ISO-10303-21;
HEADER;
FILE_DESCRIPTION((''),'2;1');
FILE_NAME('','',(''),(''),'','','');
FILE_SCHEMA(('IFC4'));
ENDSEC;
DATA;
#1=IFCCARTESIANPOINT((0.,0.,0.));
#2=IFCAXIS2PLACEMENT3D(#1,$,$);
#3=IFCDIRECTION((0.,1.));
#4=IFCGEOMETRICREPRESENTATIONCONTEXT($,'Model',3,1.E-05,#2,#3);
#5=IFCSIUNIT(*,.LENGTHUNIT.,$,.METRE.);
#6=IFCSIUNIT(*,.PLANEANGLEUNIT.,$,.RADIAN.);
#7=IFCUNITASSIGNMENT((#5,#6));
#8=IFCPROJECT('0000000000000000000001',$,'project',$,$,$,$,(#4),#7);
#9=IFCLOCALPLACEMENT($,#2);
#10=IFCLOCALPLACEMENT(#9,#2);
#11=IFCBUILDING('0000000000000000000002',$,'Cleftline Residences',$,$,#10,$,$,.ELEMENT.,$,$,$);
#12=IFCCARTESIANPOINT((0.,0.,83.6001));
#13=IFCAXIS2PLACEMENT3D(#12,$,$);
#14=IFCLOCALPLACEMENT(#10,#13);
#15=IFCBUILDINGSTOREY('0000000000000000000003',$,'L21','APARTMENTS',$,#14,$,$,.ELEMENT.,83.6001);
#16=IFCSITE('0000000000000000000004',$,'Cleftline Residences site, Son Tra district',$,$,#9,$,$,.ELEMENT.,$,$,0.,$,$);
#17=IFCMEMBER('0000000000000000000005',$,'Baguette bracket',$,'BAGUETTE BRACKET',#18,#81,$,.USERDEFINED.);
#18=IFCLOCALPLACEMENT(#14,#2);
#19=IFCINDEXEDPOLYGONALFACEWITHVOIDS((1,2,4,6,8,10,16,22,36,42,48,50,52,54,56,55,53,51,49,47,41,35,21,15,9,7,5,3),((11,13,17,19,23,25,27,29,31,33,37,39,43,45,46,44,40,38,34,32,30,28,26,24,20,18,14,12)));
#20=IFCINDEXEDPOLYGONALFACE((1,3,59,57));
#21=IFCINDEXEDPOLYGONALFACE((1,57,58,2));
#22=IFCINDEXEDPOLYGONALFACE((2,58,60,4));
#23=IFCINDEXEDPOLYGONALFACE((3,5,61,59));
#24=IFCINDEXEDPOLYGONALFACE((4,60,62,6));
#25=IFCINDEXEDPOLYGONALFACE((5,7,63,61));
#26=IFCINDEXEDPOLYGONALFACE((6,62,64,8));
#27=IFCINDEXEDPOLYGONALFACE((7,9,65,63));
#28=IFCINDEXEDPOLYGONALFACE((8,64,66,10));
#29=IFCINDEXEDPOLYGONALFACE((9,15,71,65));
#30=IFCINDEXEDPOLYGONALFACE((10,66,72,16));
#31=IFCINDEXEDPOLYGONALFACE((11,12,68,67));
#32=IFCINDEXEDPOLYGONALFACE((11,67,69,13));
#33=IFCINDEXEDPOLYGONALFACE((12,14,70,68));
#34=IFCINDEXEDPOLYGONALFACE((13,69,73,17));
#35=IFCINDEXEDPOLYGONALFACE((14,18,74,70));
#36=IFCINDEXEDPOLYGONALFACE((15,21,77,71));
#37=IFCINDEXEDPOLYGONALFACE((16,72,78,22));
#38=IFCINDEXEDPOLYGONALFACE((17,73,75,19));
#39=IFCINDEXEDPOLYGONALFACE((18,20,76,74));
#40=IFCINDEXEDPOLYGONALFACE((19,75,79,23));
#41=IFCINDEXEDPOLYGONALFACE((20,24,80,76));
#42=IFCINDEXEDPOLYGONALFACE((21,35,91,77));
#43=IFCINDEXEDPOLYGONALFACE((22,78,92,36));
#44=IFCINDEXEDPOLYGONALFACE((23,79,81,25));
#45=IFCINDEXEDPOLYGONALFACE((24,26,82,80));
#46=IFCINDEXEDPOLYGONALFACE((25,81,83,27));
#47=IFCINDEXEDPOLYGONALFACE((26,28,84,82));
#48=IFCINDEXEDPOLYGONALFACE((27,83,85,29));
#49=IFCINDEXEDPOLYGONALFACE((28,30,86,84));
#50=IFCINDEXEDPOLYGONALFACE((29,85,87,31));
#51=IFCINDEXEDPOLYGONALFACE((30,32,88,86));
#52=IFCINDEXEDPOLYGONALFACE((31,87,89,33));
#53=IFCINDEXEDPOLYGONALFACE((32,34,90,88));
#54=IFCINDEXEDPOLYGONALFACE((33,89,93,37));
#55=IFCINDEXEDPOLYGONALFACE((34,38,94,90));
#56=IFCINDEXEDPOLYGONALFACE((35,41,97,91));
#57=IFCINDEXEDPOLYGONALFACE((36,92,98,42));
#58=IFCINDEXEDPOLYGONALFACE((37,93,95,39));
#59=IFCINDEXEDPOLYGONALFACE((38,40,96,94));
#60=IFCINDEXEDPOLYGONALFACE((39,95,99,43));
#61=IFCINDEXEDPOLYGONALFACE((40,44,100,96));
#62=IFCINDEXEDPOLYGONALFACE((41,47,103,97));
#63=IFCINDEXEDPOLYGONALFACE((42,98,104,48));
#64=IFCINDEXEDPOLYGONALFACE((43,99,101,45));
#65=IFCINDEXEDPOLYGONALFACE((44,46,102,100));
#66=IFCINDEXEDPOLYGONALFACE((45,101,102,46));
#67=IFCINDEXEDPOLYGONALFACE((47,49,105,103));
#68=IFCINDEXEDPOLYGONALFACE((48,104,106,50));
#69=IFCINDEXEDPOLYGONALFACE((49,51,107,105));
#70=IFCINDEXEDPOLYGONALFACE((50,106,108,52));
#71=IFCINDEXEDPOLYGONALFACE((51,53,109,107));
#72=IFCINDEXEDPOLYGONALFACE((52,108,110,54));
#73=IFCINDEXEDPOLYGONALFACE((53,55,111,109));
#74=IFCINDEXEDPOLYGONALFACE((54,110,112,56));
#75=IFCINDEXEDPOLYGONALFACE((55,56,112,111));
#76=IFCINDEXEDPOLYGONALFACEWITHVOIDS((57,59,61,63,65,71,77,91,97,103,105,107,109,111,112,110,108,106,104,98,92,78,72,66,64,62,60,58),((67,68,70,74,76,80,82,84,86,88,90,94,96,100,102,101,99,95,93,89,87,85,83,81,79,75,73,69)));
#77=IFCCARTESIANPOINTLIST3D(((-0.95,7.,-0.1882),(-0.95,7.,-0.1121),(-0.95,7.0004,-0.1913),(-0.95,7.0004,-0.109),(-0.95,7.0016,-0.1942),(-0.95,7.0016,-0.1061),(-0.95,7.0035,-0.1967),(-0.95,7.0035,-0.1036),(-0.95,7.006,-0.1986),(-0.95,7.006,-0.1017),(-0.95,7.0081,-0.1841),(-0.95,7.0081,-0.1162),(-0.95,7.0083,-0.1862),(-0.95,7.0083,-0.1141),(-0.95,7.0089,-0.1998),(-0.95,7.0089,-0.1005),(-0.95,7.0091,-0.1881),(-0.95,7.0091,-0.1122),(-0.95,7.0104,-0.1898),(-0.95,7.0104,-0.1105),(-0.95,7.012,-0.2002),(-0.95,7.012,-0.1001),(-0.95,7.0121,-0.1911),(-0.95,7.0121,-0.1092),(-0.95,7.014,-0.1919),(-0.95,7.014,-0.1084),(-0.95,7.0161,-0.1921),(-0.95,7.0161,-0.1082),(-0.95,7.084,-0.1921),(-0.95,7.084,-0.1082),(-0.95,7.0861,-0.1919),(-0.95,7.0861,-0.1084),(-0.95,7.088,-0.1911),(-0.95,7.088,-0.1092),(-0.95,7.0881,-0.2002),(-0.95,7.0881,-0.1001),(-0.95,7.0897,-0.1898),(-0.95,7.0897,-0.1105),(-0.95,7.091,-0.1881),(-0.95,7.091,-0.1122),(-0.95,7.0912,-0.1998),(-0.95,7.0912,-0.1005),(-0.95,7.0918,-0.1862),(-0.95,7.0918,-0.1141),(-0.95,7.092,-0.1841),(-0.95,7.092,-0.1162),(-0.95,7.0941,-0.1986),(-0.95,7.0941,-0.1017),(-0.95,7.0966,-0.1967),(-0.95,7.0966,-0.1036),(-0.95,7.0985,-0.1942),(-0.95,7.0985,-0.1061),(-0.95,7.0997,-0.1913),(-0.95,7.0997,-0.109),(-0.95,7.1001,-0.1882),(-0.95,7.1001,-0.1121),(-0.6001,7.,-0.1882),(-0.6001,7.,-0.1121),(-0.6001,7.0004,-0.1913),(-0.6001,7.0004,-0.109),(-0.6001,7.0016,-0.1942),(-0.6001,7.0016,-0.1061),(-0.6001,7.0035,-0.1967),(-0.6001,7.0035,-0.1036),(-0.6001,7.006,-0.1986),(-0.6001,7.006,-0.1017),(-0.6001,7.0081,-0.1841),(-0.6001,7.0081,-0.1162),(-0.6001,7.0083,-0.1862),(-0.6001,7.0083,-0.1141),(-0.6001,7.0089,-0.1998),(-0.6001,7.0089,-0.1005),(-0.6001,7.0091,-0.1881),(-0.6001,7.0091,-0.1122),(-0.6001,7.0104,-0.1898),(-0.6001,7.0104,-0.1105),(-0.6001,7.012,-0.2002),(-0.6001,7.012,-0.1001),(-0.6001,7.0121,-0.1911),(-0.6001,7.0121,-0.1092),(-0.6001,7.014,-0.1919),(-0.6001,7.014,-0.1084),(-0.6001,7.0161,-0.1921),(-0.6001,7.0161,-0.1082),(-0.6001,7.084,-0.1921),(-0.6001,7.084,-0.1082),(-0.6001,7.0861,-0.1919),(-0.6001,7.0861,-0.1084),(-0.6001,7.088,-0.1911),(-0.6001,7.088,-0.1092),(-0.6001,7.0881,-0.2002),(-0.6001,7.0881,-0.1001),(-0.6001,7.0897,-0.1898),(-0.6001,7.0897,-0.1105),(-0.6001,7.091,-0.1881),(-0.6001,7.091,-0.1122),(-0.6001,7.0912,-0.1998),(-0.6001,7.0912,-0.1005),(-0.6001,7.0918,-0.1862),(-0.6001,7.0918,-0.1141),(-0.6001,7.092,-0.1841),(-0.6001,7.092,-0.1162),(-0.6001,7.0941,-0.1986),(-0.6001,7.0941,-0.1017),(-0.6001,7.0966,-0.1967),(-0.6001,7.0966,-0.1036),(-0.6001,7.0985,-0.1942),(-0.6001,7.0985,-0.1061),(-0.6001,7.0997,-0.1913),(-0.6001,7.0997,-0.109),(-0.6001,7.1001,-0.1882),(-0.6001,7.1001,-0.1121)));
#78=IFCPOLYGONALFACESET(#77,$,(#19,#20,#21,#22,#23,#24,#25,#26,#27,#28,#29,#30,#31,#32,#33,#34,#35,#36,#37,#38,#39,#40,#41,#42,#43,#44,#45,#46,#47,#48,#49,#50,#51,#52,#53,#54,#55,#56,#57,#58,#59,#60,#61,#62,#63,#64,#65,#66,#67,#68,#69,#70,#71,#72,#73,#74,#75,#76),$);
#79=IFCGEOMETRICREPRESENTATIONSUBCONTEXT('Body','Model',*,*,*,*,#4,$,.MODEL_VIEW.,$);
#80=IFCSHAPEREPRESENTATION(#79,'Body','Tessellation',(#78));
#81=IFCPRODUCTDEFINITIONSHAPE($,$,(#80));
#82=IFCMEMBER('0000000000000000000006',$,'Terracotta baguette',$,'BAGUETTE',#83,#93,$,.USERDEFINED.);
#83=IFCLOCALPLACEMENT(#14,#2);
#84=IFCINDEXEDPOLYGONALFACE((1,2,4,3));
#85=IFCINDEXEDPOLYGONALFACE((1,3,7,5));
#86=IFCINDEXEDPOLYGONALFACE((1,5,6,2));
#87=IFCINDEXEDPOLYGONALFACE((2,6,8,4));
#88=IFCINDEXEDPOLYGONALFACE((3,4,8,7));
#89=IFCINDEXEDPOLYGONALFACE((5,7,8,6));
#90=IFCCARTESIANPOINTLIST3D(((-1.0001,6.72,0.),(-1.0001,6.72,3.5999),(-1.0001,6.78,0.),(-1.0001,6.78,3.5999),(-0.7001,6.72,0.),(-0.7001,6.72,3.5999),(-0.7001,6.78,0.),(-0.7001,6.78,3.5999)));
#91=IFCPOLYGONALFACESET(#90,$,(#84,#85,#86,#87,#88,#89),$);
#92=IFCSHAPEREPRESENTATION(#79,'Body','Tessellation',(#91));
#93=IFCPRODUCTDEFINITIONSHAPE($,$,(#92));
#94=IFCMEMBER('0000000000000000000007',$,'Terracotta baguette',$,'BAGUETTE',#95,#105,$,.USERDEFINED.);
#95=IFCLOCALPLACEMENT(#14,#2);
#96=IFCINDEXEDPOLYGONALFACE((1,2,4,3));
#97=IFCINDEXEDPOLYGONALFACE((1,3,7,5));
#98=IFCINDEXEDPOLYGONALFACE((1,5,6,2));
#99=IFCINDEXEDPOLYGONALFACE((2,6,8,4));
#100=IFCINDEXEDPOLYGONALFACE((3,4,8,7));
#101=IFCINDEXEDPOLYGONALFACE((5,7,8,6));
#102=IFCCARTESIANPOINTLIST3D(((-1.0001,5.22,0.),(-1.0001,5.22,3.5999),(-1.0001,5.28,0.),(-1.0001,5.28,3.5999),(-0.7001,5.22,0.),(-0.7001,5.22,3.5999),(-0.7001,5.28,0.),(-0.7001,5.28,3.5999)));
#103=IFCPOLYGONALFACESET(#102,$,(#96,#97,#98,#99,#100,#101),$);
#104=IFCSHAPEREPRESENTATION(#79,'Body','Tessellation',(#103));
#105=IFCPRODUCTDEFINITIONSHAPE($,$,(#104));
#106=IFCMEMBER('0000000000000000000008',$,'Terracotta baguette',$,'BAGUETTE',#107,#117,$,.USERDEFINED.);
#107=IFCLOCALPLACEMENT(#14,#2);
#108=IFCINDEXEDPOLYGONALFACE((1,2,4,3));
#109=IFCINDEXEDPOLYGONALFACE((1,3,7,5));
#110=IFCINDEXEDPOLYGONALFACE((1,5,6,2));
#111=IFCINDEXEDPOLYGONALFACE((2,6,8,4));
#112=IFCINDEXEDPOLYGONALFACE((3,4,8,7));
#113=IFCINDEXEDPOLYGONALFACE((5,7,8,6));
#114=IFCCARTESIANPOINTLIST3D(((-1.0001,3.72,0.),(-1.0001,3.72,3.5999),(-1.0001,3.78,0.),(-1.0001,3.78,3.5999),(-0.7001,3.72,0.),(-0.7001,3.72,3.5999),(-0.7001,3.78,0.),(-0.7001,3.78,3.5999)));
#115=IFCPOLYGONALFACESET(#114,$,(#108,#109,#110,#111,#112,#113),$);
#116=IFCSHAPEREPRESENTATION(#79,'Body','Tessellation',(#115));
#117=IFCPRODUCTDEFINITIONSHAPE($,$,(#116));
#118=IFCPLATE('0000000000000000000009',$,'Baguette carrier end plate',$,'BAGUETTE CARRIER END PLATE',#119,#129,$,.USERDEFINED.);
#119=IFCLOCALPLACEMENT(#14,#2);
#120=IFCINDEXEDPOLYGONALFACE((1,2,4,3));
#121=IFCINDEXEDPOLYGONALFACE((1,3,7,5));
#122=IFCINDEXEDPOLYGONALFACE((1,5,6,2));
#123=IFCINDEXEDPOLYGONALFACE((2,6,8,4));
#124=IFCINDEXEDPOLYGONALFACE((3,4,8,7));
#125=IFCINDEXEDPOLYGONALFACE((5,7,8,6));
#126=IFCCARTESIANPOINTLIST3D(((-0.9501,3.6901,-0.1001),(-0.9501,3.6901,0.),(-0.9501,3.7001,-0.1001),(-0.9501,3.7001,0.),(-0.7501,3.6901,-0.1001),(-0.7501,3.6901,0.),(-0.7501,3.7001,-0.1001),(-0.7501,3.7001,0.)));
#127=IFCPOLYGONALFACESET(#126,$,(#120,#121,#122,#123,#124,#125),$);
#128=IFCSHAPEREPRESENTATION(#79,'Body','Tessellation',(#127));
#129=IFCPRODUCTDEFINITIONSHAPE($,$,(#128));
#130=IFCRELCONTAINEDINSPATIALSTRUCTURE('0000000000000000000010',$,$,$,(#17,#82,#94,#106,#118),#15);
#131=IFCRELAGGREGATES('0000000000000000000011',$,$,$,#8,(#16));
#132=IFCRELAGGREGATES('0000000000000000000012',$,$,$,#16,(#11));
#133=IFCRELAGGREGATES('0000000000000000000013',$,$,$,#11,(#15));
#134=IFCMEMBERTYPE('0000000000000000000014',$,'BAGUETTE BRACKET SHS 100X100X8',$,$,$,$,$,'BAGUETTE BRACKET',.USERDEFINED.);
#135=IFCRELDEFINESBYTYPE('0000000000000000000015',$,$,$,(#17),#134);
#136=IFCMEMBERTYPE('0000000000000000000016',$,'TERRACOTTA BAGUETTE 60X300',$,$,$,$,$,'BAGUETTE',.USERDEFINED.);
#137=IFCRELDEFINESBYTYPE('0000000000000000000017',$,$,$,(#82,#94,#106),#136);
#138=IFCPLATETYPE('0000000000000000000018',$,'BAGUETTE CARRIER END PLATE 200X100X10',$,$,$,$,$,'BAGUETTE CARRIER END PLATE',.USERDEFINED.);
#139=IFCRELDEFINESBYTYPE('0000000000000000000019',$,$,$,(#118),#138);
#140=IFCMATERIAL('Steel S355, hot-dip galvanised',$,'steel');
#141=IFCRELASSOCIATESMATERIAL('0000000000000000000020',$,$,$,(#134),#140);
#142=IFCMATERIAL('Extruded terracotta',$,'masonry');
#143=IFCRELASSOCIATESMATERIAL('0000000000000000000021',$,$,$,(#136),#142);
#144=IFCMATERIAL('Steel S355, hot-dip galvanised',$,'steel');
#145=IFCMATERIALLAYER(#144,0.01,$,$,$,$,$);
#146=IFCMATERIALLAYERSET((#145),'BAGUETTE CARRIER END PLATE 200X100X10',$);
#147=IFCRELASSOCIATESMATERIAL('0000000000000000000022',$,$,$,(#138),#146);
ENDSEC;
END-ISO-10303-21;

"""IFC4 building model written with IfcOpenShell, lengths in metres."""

from ifc_helpers import new_model, si_unit, direction, frame, origin, origin_2d, place, context, subcontext, project, spatial, rectangle, hollow_rectangle, extrude, material, layer, layer_set, material_profile, profile_set, type_object, element, save


model = new_model("IFC4")

# Units and contexts
model_context = context("Model", 3, precision=1e-05, world=origin(), true_north=direction((0.0, 1.0)))
body_context = subcontext(model_context, "Body", "Model", "MODEL_VIEW")
ifc_project = project(units=[si_unit("LENGTHUNIT", "METRE"), si_unit("PLANEANGLEUNIT", "RADIAN")], contexts=[model_context])

# Site, building, storey
site_placement = place(None, origin())
site = spatial("IfcSite", under=ifc_project, at=site_placement, Name="Cleftline Residences site, Son Tra district", CompositionType="ELEMENT", RefElevation=0.0)
building_placement = place(site_placement, origin())
building = spatial("IfcBuilding", under=site, at=building_placement, Name="Cleftline Residences", CompositionType="ELEMENT")
storey_placement = place(building_placement, frame((0.0, 0.0, 83.6001)))
storey = spatial("IfcBuildingStorey", under=building, at=storey_placement, Name="L21", Description="APARTMENTS", CompositionType="ELEMENT", Elevation=83.6001)

# Members
ifc_material_1 = material(Name="Steel S355, hot-dip galvanised", Category="steel")
ifc_material_profile_1 = material_profile(ifc_material_1, hollow_rectangle(XDim=0.1001, YDim=0.1001, WallThickness=0.0081, InnerFilletRadius=0.0081, OuterFilletRadius=0.012, at=origin_2d()))
ifc_profile_set_1 = profile_set([ifc_material_profile_1], Name="Steel S355, hot-dip galvanised")
member_type_1 = type_object("IfcMemberType", Name="BAGUETTE BRACKET SHS 100X100X8", ElementType="BAGUETTE BRACKET", PredefinedType="USERDEFINED", material=ifc_profile_set_1)
member_placement = place(storey_placement, frame((-0.6001, 7.05, -0.1501), z_axis=(-1.0, 0.0, 0.0), x_axis=(0.0, -1.0, 0.0)))
element("IfcMember", 1, at=member_placement, inside=storey, type_object=member_type_1, Name="Baguette bracket", ObjectType="BAGUETTE BRACKET", PredefinedType="USERDEFINED", context=body_context, shape_type="SweptSolid", body=[
    extrude(hollow_rectangle(XDim=0.1001, YDim=0.1001, WallThickness=0.0081, InnerFilletRadius=0.0081, OuterFilletRadius=0.012, at=origin_2d()), origin(), (0.0, 0.0, 1.0), 0.3499),
])
ifc_material_2 = material(Name="Extruded terracotta", Category="masonry")
ifc_material_profile_2 = material_profile(ifc_material_2, rectangle(XDim=0.0601, YDim=0.3, at=origin_2d()))
ifc_profile_set_2 = profile_set([ifc_material_profile_2], Name="Extruded terracotta")
member_type_2 = type_object("IfcMemberType", Name="TERRACOTTA BAGUETTE 60X300", ElementType="BAGUETTE", PredefinedType="USERDEFINED", material=ifc_profile_set_2)
for number, where, z_axis, x_axis, name in (
    (2, (-0.8501, 6.75, 0.0), (0.0, 0.0, 1.0), (0.0, 1.0, 0.0), "Terracotta baguette"),
    (3, (-0.8501, 5.25, 0.0), (0.0, 0.0, 1.0), (0.0, 1.0, 0.0), "Terracotta baguette"),
    (4, (-0.8501, 3.75, 0.0), (0.0, 0.0, 1.0), (0.0, 1.0, 0.0), "Terracotta baguette"),
):
    element("IfcMember", number, at=place(storey_placement, frame(where, z_axis=z_axis, x_axis=x_axis)), inside=storey, type_object=member_type_2, Name=name, ObjectType="BAGUETTE", PredefinedType="USERDEFINED", context=body_context, shape_type="SweptSolid", body=[
        extrude(rectangle(XDim=0.0601, YDim=0.3, at=origin_2d()), origin(), (0.0, 0.0, 1.0), 3.5999),
    ])

# Plate
ifc_material_3 = material(Name="Steel S355, hot-dip galvanised", Category="steel")
ifc_layer_1 = layer(ifc_material_3, 0.01)
ifc_layer_set_1 = layer_set([ifc_layer_1], Name="BAGUETTE CARRIER END PLATE 200X100X10")
plate_type = type_object("IfcPlateType", Name="BAGUETTE CARRIER END PLATE 200X100X10", ElementType="BAGUETTE CARRIER END PLATE", PredefinedType="USERDEFINED", material=ifc_layer_set_1)
plate_placement = place(storey_placement, frame((-0.8501, 3.6951, -0.1001), z_axis=(0.0, 0.0, 1.0), x_axis=(-1.0, 0.0, 0.0)))
element("IfcPlate", 5, at=plate_placement, inside=storey, type_object=plate_type, Name="Baguette carrier end plate", ObjectType="BAGUETTE CARRIER END PLATE", PredefinedType="USERDEFINED", context=body_context, shape_type="SweptSolid", body=[
    extrude(rectangle(XDim=0.2, YDim=0.01, at=origin_2d()), origin(), (0.0, 0.0, 1.0), 0.1001),
])

save(model, "model.ifc")
